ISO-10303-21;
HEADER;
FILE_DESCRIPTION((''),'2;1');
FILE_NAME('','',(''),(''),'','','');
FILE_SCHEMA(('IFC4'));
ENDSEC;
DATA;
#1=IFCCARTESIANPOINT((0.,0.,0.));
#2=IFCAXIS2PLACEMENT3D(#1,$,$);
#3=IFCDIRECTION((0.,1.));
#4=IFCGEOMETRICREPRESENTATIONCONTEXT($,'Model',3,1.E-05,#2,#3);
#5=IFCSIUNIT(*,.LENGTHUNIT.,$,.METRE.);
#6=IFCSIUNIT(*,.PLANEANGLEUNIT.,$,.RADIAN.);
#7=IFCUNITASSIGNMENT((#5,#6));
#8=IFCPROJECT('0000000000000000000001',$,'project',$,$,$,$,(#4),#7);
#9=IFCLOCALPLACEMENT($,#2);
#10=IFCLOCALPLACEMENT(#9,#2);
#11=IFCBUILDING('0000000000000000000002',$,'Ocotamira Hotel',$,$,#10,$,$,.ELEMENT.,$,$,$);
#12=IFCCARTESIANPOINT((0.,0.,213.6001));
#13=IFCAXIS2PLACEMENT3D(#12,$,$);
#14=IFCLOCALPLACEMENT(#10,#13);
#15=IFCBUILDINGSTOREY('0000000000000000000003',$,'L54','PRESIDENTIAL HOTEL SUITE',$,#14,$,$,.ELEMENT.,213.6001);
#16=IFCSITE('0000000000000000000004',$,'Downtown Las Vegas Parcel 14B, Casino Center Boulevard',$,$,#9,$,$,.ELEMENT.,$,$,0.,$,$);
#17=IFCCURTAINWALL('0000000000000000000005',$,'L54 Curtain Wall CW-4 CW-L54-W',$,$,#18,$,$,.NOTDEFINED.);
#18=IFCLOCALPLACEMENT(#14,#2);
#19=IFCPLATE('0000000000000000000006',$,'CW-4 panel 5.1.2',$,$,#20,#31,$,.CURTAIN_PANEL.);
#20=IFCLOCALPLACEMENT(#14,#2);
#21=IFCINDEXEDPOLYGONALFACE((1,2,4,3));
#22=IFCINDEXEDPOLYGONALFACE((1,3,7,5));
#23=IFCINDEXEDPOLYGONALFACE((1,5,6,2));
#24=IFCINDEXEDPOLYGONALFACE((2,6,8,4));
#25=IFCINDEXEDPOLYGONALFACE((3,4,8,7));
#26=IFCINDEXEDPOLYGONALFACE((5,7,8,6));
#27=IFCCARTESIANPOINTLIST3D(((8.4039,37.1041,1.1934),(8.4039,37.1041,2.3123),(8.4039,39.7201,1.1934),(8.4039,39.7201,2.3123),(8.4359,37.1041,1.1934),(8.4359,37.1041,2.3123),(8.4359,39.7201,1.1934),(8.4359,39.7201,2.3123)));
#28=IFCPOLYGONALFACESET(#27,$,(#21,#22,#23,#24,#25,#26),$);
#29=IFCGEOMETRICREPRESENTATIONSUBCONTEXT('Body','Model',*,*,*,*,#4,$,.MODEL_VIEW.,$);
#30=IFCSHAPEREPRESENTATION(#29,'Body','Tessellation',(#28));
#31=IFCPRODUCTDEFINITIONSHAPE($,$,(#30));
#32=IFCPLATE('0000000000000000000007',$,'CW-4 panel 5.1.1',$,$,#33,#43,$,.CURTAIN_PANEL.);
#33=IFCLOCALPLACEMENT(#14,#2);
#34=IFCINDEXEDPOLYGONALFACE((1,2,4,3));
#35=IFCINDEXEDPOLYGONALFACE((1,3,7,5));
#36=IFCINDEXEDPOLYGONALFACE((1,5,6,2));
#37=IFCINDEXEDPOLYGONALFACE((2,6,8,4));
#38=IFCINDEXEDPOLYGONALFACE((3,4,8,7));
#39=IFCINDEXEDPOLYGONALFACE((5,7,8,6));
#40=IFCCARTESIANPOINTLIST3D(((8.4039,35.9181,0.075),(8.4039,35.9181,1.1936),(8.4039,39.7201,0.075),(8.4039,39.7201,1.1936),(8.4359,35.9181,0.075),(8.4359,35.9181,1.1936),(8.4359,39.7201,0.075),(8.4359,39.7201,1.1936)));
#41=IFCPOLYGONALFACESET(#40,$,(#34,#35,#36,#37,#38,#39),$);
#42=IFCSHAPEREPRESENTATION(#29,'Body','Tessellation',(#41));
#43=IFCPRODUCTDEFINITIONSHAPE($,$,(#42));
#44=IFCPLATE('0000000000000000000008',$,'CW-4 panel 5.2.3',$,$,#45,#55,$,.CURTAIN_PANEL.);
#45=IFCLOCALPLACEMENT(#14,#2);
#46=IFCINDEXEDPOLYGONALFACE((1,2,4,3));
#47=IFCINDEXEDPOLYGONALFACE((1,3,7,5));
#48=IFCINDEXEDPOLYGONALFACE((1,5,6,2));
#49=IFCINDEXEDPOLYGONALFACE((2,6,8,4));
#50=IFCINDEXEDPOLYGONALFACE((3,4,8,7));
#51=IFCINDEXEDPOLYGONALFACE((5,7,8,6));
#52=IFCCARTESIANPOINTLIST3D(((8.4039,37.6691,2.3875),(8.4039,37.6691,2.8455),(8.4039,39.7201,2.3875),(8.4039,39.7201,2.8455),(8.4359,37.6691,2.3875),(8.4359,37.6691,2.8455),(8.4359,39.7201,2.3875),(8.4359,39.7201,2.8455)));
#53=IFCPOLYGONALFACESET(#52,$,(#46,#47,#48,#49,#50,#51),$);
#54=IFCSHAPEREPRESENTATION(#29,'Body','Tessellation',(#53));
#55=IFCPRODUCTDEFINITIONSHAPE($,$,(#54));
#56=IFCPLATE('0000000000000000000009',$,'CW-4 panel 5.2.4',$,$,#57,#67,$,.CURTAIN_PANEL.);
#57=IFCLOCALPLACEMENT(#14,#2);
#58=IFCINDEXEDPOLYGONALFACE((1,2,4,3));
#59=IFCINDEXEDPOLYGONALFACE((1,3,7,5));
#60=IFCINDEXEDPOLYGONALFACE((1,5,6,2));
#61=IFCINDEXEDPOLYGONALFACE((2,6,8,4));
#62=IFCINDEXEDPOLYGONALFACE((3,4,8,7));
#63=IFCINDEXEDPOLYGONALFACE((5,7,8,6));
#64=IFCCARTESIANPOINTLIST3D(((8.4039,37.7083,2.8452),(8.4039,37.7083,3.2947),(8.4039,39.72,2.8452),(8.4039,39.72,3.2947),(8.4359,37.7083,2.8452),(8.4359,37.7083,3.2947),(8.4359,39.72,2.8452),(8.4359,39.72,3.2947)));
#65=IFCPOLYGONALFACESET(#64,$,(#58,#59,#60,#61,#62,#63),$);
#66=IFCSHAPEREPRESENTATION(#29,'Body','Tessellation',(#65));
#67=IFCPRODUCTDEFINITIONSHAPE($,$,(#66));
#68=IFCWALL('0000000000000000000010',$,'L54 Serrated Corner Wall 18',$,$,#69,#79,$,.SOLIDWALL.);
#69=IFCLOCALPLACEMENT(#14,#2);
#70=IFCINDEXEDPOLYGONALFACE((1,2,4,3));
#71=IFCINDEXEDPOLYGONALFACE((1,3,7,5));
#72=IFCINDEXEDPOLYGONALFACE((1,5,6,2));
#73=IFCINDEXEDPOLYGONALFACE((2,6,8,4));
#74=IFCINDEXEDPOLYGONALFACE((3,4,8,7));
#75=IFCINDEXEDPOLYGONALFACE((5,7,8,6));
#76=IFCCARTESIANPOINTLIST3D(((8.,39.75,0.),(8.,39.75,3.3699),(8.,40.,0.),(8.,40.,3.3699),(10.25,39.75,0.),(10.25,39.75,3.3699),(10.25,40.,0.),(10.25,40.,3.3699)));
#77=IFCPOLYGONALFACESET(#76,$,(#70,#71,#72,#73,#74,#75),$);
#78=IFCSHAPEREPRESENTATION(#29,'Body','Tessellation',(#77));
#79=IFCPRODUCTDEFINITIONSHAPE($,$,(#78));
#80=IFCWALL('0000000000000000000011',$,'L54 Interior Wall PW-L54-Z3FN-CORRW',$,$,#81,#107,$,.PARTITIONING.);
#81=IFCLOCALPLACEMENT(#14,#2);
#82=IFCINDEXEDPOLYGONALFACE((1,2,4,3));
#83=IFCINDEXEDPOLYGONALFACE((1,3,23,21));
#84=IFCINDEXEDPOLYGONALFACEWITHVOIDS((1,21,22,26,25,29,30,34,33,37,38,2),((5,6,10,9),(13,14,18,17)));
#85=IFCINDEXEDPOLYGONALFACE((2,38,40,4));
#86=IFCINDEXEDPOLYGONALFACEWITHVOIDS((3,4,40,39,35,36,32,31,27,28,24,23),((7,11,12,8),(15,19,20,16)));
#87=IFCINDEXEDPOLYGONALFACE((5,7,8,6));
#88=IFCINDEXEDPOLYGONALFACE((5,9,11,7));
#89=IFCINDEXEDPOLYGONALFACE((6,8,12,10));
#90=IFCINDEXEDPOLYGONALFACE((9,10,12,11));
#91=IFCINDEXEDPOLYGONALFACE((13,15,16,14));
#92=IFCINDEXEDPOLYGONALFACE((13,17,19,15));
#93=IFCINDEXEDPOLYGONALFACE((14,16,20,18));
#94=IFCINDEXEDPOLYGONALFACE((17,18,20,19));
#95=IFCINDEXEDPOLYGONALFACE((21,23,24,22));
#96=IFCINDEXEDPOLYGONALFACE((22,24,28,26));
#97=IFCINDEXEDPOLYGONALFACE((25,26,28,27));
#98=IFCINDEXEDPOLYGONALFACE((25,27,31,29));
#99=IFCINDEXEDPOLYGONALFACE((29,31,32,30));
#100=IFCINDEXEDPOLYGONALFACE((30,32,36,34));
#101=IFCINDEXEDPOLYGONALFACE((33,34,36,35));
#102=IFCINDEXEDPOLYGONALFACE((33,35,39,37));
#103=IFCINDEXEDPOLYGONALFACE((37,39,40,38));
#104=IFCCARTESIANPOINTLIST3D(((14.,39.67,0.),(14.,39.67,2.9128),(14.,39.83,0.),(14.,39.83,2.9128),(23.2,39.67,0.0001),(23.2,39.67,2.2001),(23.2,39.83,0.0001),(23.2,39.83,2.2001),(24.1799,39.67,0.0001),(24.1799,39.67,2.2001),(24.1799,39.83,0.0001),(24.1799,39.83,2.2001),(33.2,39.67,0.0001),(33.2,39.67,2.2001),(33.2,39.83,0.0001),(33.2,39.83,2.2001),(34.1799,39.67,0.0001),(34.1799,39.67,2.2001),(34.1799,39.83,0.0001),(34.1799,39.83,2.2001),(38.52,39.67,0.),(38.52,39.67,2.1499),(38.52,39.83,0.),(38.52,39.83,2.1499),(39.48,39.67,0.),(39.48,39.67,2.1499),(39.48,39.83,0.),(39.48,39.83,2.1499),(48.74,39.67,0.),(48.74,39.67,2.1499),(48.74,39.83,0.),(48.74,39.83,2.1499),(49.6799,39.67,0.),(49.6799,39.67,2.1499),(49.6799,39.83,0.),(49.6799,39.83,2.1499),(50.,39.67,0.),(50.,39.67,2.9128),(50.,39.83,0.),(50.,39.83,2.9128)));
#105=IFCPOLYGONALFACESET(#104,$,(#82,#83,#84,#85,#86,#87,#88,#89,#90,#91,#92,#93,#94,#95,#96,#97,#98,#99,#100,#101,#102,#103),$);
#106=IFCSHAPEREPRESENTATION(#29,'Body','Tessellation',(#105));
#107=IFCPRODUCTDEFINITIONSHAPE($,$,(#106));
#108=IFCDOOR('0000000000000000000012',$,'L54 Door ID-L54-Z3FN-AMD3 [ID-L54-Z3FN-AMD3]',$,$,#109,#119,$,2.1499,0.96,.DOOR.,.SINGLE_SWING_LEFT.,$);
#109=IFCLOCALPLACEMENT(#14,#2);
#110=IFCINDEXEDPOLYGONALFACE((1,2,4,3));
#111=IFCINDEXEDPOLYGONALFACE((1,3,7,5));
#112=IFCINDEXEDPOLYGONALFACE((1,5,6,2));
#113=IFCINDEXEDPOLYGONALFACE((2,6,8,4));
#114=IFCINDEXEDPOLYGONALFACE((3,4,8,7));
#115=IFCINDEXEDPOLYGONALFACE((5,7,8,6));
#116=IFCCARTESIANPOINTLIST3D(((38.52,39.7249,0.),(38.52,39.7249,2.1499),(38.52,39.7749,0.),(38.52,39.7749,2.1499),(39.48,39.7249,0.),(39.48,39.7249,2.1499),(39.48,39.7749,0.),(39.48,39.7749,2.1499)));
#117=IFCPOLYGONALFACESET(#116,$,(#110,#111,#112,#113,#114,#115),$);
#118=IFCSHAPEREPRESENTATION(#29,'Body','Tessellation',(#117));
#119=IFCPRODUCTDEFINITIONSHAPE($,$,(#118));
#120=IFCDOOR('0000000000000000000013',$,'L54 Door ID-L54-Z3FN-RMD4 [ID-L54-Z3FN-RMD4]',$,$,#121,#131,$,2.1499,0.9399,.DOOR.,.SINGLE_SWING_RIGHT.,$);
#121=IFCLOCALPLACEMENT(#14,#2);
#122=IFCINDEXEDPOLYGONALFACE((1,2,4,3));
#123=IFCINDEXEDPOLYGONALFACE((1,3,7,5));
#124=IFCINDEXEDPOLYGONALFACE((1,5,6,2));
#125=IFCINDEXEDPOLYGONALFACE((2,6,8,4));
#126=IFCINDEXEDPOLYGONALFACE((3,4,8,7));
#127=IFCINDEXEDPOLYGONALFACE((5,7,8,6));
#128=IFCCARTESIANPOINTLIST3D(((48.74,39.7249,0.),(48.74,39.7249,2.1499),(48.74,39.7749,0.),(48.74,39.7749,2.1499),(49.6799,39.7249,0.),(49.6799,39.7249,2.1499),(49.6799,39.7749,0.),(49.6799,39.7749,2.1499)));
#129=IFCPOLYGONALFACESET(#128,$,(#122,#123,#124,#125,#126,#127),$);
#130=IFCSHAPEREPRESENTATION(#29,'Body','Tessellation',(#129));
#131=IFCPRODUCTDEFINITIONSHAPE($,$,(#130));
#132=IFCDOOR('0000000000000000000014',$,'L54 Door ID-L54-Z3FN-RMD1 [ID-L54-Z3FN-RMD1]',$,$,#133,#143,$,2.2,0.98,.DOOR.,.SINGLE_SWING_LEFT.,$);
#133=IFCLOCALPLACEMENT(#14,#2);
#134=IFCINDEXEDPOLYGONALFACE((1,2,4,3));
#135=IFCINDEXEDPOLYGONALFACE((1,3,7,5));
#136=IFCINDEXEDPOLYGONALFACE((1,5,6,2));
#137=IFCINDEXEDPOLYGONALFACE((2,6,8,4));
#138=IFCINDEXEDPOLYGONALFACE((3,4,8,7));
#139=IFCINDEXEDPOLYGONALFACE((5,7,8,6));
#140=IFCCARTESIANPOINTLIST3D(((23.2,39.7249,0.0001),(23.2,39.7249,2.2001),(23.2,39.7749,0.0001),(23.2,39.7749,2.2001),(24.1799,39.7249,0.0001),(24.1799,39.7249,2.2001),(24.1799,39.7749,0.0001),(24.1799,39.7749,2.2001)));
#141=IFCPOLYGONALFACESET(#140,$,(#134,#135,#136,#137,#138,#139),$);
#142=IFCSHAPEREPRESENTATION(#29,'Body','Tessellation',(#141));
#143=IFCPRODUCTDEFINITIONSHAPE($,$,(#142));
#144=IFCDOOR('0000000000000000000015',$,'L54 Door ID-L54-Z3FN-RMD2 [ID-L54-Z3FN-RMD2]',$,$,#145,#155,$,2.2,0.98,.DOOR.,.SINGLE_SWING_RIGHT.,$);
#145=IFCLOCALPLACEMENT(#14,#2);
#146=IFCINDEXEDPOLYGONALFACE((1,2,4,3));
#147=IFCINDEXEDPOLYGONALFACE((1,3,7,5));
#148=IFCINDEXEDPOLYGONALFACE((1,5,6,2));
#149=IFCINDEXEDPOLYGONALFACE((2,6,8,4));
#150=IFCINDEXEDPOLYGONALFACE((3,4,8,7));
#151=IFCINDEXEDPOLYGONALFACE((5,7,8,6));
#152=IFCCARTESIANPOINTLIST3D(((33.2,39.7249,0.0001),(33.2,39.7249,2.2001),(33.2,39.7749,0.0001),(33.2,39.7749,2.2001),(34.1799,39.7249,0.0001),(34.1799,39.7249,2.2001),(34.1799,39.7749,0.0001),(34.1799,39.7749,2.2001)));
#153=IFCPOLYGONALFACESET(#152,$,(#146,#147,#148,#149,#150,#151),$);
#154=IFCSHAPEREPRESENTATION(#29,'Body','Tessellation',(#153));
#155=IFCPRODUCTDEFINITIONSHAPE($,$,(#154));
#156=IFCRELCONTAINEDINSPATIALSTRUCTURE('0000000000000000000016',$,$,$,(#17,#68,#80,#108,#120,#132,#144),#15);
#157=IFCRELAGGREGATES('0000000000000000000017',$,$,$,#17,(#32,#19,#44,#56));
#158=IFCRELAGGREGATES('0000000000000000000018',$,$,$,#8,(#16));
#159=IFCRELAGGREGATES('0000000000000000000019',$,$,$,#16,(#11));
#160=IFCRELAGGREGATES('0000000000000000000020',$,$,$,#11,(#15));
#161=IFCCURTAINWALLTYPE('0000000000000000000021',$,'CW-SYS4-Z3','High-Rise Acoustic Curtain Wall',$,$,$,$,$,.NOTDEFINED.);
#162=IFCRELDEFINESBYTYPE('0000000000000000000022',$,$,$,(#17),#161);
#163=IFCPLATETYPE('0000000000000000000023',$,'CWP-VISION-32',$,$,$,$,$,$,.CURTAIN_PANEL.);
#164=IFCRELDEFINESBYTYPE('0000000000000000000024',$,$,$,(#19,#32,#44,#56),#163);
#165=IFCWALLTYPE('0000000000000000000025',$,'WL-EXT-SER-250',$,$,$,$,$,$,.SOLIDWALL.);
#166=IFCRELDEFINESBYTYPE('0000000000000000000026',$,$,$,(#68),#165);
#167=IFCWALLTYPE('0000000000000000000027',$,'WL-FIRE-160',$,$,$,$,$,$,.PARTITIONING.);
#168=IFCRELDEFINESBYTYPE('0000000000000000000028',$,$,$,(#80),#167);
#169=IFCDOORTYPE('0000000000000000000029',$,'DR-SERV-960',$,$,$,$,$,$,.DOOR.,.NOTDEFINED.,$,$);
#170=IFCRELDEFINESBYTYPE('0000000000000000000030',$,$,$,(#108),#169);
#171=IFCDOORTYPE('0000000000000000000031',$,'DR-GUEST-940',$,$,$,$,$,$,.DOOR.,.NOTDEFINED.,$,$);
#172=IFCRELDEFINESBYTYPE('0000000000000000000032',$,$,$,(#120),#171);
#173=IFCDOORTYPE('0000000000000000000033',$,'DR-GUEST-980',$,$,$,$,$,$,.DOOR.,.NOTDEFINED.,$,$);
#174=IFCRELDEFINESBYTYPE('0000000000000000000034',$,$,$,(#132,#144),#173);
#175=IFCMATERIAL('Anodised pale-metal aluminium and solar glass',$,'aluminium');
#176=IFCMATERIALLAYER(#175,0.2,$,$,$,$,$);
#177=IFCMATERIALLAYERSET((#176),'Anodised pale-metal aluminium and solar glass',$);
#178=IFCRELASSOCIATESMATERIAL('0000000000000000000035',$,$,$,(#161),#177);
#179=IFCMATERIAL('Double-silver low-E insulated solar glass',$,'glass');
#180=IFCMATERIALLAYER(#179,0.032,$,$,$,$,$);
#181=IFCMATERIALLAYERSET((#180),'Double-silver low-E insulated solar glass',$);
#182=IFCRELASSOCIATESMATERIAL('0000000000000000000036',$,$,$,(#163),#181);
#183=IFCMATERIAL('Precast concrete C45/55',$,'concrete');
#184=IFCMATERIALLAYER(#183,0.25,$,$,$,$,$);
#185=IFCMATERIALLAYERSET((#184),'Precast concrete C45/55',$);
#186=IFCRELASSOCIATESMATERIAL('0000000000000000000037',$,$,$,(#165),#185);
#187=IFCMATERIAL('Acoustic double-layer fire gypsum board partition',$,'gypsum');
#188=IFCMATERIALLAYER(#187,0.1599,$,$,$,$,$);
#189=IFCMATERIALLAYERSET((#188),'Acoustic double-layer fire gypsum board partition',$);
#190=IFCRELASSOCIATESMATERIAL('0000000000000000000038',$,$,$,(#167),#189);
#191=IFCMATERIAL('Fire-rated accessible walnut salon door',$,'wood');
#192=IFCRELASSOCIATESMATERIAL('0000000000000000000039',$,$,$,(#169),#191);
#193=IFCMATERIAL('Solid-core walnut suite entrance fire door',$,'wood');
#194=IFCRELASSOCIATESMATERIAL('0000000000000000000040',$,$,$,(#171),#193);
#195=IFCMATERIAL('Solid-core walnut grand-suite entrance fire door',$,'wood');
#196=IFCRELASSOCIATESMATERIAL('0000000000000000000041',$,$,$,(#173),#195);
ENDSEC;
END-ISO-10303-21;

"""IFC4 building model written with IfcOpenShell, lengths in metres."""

from ifc_helpers import new_model, si_unit, direction, frame, frame_2d, origin, origin_2d, place, context, subcontext, project, spatial, rectangle, extrude, source, transform, mapped, material, layer, layer_set, type_object, element, fill, aggregate, save


model = new_model("IFC4")

# Units and contexts
model_context = context("Model", 3, precision=1e-05, world=origin(), true_north=direction((0.0, 1.0)))
body_context = subcontext(model_context, "Body", "Model", "MODEL_VIEW")
ifc_project = project(units=[si_unit("LENGTHUNIT", "METRE"), si_unit("PLANEANGLEUNIT", "RADIAN")], contexts=[model_context])

# Site, building, storey
site_placement = place(None, origin())
site = spatial("IfcSite", under=ifc_project, at=site_placement, Name="Downtown Las Vegas Parcel 14B, Casino Center Boulevard", CompositionType="ELEMENT", RefElevation=0.0)
building_placement = place(site_placement, origin())
building = spatial("IfcBuilding", under=site, at=building_placement, Name="Ocotamira Hotel", CompositionType="ELEMENT")
storey_placement = place(building_placement, frame((0.0, 0.0, 213.6001)))
storey = spatial("IfcBuildingStorey", under=building, at=storey_placement, Name="L54", Description="PRESIDENTIAL HOTEL SUITE", CompositionType="ELEMENT", Elevation=213.6001)

# Curtain wall
ifc_material_1 = material(Name="Anodised pale-metal aluminium and solar glass", Category="aluminium")
ifc_layer_1 = layer(ifc_material_1, 0.2)
ifc_layer_set_1 = layer_set([ifc_layer_1], Name="Anodised pale-metal aluminium and solar glass")
curtain_wall_type = type_object("IfcCurtainWallType", Name="CW-SYS4-Z3", Description="High-Rise Acoustic Curtain Wall", PredefinedType="NOTDEFINED", material=ifc_layer_set_1)
curtain_wall_placement = place(storey_placement, origin())
curtain_wall = element("IfcCurtainWall", 1, at=curtain_wall_placement, inside=storey, type_object=curtain_wall_type, Name="L54 Curtain Wall CW-4 CW-L54-W", PredefinedType="NOTDEFINED")

# Plates
ifc_material_2 = material(Name="Double-silver low-E insulated solar glass", Category="glass")
ifc_layer_2 = layer(ifc_material_2, 0.032)
ifc_layer_set_2 = layer_set([ifc_layer_2], Name="Double-silver low-E insulated solar glass")
plate_type_1 = type_object("IfcPlateType", Name="CWP-VISION-32", PredefinedType="CURTAIN_PANEL", material=ifc_layer_set_2)
shared_shape_1 = source(origin(), body_context, "Body", "SweptSolid", [
    extrude(rectangle(XDim=2.616, YDim=0.032, at=origin_2d()), origin(), (0.0, 0.0, 1.0), 1.1189),
])
plate_1_placement = place(storey_placement, frame((8.4199, 38.4121, 1.1934), z_axis=(0.0, 0.0, 1.0), x_axis=(0.0, 1.0, 0.0)))
plate_1 = element("IfcPlate", 2, at=plate_1_placement, type_object=plate_type_1, Name="CW-4 panel 5.1.2", PredefinedType="CURTAIN_PANEL", context=body_context, shape_type="MappedRepresentation", body=[
    mapped(shared_shape_1, transform((0.0, 0.0, 0.0), scale=1.0)),
])
shared_shape_2 = source(origin(), body_context, "Body", "SweptSolid", [
    extrude(rectangle(XDim=3.802, YDim=0.032, at=origin_2d()), origin(), (0.0, 0.0, 1.0), 1.1187),
])
plate_2_placement = place(storey_placement, frame((8.4199, 37.8191, 0.075), z_axis=(0.0, 0.0, 1.0), x_axis=(0.0, 1.0, 0.0)))
plate_2 = element("IfcPlate", 3, at=plate_2_placement, type_object=plate_type_1, Name="CW-4 panel 5.1.1", PredefinedType="CURTAIN_PANEL", context=body_context, shape_type="MappedRepresentation", body=[
    mapped(shared_shape_2, transform((0.0, 0.0, 0.0), scale=1.0)),
])
shared_shape_3 = source(origin(), body_context, "Body", "SweptSolid", [
    extrude(rectangle(XDim=2.051, YDim=0.032, at=origin_2d()), origin(), (0.0, 0.0, 1.0), 0.458),
])
plate_3_placement = place(storey_placement, frame((8.4199, 38.6946, 2.3875), z_axis=(0.0, 0.0, 1.0), x_axis=(0.0, 1.0, 0.0)))
plate_3 = element("IfcPlate", 4, at=plate_3_placement, type_object=plate_type_1, Name="CW-4 panel 5.2.3", PredefinedType="CURTAIN_PANEL", context=body_context, shape_type="MappedRepresentation", body=[
    mapped(shared_shape_3, transform((0.0, 0.0, 0.0), scale=1.0)),
])
shared_shape_4 = source(origin(), body_context, "Body", "SweptSolid", [
    extrude(rectangle(XDim=2.0117, YDim=0.032, at=origin_2d()), origin(), (0.0, 0.0, 1.0), 0.4495),
])
plate_4_placement = place(storey_placement, frame((8.4199, 38.7141, 2.8452), z_axis=(0.0, 0.0, 1.0), x_axis=(0.0, 1.0, 0.0)))
plate_4 = element("IfcPlate", 5, at=plate_4_placement, type_object=plate_type_1, Name="CW-4 panel 5.2.4", PredefinedType="CURTAIN_PANEL", context=body_context, shape_type="MappedRepresentation", body=[
    mapped(shared_shape_4, transform((0.0, 0.0, 0.0), scale=1.0)),
])
aggregate(curtain_wall, [plate_2, plate_1, plate_3, plate_4])

# Wall
ifc_material_3 = material(Name="Precast concrete C45/55", Category="concrete")
ifc_layer_3 = layer(ifc_material_3, 0.25)
ifc_layer_set_3 = layer_set([ifc_layer_3], Name="Precast concrete C45/55")
wall_type_1 = type_object("IfcWallType", Name="WL-EXT-SER-250", PredefinedType="SOLIDWALL", material=ifc_layer_set_3)
wall_1_placement = place(storey_placement, frame((10.25, 39.875, 0.0), z_axis=(0.0, 0.0, 1.0), x_axis=(-1.0, 0.0, 0.0)))
element("IfcWall", 6, at=wall_1_placement, inside=storey, type_object=wall_type_1, Name="L54 Serrated Corner Wall 18", PredefinedType="SOLIDWALL", context=body_context, shape_type="SweptSolid", body=[
    extrude(rectangle(XDim=2.25, YDim=0.25, at=frame_2d((1.125, 0.0))), origin(), (0.0, 0.0, 1.0), 3.3699),
])

# Shared definitions
ifc_material_4 = material(Name="Acoustic double-layer fire gypsum board partition", Category="gypsum")
ifc_layer_4 = layer(ifc_material_4, 0.1599)
ifc_layer_set_4 = layer_set([ifc_layer_4], Name="Acoustic double-layer fire gypsum board partition")
wall_type_2 = type_object("IfcWallType", Name="WL-FIRE-160", PredefinedType="PARTITIONING", material=ifc_layer_set_4)
ifc_material_5 = material(Name="Fire-rated accessible walnut salon door", Category="wood")
door_type_1 = type_object("IfcDoorType", Name="DR-SERV-960", OperationType="NOTDEFINED", PredefinedType="DOOR", material=ifc_material_5)
shared_shape_5 = source(origin(), body_context, "Body", "SweptSolid", [
    extrude(rectangle(XDim=0.96, YDim=2.1499, at=frame_2d((0.48, 1.075))), frame((0.0, 0.0249, 0.0), z_axis=(0.0, -1.0, 0.0), x_axis=(1.0, 0.0, 0.0)), (0.0, 0.0, 1.0), 0.05),
])

# Wall, openings, doors
wall_2_placement = place(storey_placement, frame((14.0, 39.75, 0.0), z_axis=(0.0, 0.0, 1.0), x_axis=(1.0, 0.0, 0.0)))
wall_2 = element("IfcWall", 7, at=wall_2_placement, inside=storey, type_object=wall_type_2, Name="L54 Interior Wall PW-L54-Z3FN-CORRW", PredefinedType="PARTITIONING", context=body_context, shape_type="SweptSolid", body=[
    extrude(rectangle(XDim=36.0, YDim=0.1599, at=frame_2d((18.0, 0.0))), origin(), (0.0, 0.0, 1.0), 2.9128),
])
opening_1_placement = place(wall_2_placement, frame((9.2, 0.0, 0.0)))
opening_1 = element("IfcOpeningElement", 8, at=opening_1_placement, cuts=wall_2, PredefinedType="OPENING", context=body_context, shape_type="SweptSolid", body=[
    extrude(rectangle(XDim=0.98, YDim=2.2, at=frame_2d((0.49, 1.1001))), frame((0.0, 0.0898, 0.0), z_axis=(0.0, -1.0, 0.0), x_axis=(1.0, 0.0, 0.0)), (0.0, 0.0, 1.0), 0.1799),
])
opening_2_placement = place(wall_2_placement, frame((19.2, 0.0, 0.0)))
opening_2 = element("IfcOpeningElement", 9, at=opening_2_placement, cuts=wall_2, PredefinedType="OPENING", context=body_context, shape_type="SweptSolid", body=[
    extrude(rectangle(XDim=0.98, YDim=2.2, at=frame_2d((0.49, 1.1001))), frame((0.0, 0.0898, 0.0), z_axis=(0.0, -1.0, 0.0), x_axis=(1.0, 0.0, 0.0)), (0.0, 0.0, 1.0), 0.1799),
])
opening_3_placement = place(wall_2_placement, frame((24.52, 0.0, 0.0)))
opening_3 = element("IfcOpeningElement", 10, at=opening_3_placement, cuts=wall_2, PredefinedType="OPENING", context=body_context, shape_type="SweptSolid", body=[
    extrude(rectangle(XDim=0.96, YDim=2.1499, at=frame_2d((0.48, 1.075))), frame((0.0, 0.0898, 0.0), z_axis=(0.0, -1.0, 0.0), x_axis=(1.0, 0.0, 0.0)), (0.0, 0.0, 1.0), 0.1799),
])
opening_4_placement = place(wall_2_placement, frame((34.74, 0.0, 0.0)))
opening_4 = element("IfcOpeningElement", 11, at=opening_4_placement, cuts=wall_2, PredefinedType="OPENING", context=body_context, shape_type="SweptSolid", body=[
    extrude(rectangle(XDim=0.9399, YDim=2.1499, at=frame_2d((0.47, 1.075))), frame((0.0, 0.0898, 0.0), z_axis=(0.0, -1.0, 0.0), x_axis=(1.0, 0.0, 0.0)), (0.0, 0.0, 1.0), 0.1799),
])
door_1_placement = place(opening_3_placement, origin())
door_1 = element("IfcDoor", 12, at=door_1_placement, inside=storey, type_object=door_type_1, Name="L54 Door ID-L54-Z3FN-AMD3 [ID-L54-Z3FN-AMD3]", OperationType="SINGLE_SWING_LEFT", OverallHeight=2.1499, OverallWidth=0.96, PredefinedType="DOOR", context=body_context, shape_type="MappedRepresentation", body=[
    mapped(shared_shape_5, transform((0.0, 0.0, 0.0), scale=1.0)),
])
fill(opening_3, door_1)
ifc_material_6 = material(Name="Solid-core walnut suite entrance fire door", Category="wood")
door_type_2 = type_object("IfcDoorType", Name="DR-GUEST-940", OperationType="NOTDEFINED", PredefinedType="DOOR", material=ifc_material_6)
shared_shape_6 = source(origin(), body_context, "Body", "SweptSolid", [
    extrude(rectangle(XDim=0.9399, YDim=2.1499, at=frame_2d((0.47, 1.075))), frame((0.0, 0.0249, 0.0), z_axis=(0.0, -1.0, 0.0), x_axis=(1.0, 0.0, 0.0)), (0.0, 0.0, 1.0), 0.05),
])
door_2_placement = place(opening_4_placement, origin())
door_2 = element("IfcDoor", 13, at=door_2_placement, inside=storey, type_object=door_type_2, Name="L54 Door ID-L54-Z3FN-RMD4 [ID-L54-Z3FN-RMD4]", OperationType="SINGLE_SWING_RIGHT", OverallHeight=2.1499, OverallWidth=0.9399, PredefinedType="DOOR", context=body_context, shape_type="MappedRepresentation", body=[
    mapped(shared_shape_6, transform((0.0, 0.0, 0.0), scale=1.0)),
])
fill(opening_4, door_2)
ifc_material_7 = material(Name="Solid-core walnut grand-suite entrance fire door", Category="wood")
door_type_3 = type_object("IfcDoorType", Name="DR-GUEST-980", OperationType="NOTDEFINED", PredefinedType="DOOR", material=ifc_material_7)
shared_shape_7 = source(origin(), body_context, "Body", "SweptSolid", [
    extrude(rectangle(XDim=0.98, YDim=2.2, at=frame_2d((0.49, 1.1001))), frame((0.0, 0.0249, 0.0), z_axis=(0.0, -1.0, 0.0), x_axis=(1.0, 0.0, 0.0)), (0.0, 0.0, 1.0), 0.05),
])
door_3_placement = place(opening_1_placement, origin())
door_3 = element("IfcDoor", 14, at=door_3_placement, inside=storey, type_object=door_type_3, Name="L54 Door ID-L54-Z3FN-RMD1 [ID-L54-Z3FN-RMD1]", OperationType="SINGLE_SWING_LEFT", OverallHeight=2.2, OverallWidth=0.98, PredefinedType="DOOR", context=body_context, shape_type="MappedRepresentation", body=[
    mapped(shared_shape_7, transform((0.0, 0.0, 0.0), scale=1.0)),
])
fill(opening_1, door_3)
door_4_placement = place(opening_2_placement, origin())
door_4 = element("IfcDoor", 15, at=door_4_placement, inside=storey, type_object=door_type_3, Name="L54 Door ID-L54-Z3FN-RMD2 [ID-L54-Z3FN-RMD2]", OperationType="SINGLE_SWING_RIGHT", OverallHeight=2.2, OverallWidth=0.98, PredefinedType="DOOR", context=body_context, shape_type="MappedRepresentation", body=[
    mapped(shared_shape_7, transform((0.0, 0.0, 0.0), scale=1.0)),
])
fill(opening_2, door_4)

save(model, "model.ifc")
